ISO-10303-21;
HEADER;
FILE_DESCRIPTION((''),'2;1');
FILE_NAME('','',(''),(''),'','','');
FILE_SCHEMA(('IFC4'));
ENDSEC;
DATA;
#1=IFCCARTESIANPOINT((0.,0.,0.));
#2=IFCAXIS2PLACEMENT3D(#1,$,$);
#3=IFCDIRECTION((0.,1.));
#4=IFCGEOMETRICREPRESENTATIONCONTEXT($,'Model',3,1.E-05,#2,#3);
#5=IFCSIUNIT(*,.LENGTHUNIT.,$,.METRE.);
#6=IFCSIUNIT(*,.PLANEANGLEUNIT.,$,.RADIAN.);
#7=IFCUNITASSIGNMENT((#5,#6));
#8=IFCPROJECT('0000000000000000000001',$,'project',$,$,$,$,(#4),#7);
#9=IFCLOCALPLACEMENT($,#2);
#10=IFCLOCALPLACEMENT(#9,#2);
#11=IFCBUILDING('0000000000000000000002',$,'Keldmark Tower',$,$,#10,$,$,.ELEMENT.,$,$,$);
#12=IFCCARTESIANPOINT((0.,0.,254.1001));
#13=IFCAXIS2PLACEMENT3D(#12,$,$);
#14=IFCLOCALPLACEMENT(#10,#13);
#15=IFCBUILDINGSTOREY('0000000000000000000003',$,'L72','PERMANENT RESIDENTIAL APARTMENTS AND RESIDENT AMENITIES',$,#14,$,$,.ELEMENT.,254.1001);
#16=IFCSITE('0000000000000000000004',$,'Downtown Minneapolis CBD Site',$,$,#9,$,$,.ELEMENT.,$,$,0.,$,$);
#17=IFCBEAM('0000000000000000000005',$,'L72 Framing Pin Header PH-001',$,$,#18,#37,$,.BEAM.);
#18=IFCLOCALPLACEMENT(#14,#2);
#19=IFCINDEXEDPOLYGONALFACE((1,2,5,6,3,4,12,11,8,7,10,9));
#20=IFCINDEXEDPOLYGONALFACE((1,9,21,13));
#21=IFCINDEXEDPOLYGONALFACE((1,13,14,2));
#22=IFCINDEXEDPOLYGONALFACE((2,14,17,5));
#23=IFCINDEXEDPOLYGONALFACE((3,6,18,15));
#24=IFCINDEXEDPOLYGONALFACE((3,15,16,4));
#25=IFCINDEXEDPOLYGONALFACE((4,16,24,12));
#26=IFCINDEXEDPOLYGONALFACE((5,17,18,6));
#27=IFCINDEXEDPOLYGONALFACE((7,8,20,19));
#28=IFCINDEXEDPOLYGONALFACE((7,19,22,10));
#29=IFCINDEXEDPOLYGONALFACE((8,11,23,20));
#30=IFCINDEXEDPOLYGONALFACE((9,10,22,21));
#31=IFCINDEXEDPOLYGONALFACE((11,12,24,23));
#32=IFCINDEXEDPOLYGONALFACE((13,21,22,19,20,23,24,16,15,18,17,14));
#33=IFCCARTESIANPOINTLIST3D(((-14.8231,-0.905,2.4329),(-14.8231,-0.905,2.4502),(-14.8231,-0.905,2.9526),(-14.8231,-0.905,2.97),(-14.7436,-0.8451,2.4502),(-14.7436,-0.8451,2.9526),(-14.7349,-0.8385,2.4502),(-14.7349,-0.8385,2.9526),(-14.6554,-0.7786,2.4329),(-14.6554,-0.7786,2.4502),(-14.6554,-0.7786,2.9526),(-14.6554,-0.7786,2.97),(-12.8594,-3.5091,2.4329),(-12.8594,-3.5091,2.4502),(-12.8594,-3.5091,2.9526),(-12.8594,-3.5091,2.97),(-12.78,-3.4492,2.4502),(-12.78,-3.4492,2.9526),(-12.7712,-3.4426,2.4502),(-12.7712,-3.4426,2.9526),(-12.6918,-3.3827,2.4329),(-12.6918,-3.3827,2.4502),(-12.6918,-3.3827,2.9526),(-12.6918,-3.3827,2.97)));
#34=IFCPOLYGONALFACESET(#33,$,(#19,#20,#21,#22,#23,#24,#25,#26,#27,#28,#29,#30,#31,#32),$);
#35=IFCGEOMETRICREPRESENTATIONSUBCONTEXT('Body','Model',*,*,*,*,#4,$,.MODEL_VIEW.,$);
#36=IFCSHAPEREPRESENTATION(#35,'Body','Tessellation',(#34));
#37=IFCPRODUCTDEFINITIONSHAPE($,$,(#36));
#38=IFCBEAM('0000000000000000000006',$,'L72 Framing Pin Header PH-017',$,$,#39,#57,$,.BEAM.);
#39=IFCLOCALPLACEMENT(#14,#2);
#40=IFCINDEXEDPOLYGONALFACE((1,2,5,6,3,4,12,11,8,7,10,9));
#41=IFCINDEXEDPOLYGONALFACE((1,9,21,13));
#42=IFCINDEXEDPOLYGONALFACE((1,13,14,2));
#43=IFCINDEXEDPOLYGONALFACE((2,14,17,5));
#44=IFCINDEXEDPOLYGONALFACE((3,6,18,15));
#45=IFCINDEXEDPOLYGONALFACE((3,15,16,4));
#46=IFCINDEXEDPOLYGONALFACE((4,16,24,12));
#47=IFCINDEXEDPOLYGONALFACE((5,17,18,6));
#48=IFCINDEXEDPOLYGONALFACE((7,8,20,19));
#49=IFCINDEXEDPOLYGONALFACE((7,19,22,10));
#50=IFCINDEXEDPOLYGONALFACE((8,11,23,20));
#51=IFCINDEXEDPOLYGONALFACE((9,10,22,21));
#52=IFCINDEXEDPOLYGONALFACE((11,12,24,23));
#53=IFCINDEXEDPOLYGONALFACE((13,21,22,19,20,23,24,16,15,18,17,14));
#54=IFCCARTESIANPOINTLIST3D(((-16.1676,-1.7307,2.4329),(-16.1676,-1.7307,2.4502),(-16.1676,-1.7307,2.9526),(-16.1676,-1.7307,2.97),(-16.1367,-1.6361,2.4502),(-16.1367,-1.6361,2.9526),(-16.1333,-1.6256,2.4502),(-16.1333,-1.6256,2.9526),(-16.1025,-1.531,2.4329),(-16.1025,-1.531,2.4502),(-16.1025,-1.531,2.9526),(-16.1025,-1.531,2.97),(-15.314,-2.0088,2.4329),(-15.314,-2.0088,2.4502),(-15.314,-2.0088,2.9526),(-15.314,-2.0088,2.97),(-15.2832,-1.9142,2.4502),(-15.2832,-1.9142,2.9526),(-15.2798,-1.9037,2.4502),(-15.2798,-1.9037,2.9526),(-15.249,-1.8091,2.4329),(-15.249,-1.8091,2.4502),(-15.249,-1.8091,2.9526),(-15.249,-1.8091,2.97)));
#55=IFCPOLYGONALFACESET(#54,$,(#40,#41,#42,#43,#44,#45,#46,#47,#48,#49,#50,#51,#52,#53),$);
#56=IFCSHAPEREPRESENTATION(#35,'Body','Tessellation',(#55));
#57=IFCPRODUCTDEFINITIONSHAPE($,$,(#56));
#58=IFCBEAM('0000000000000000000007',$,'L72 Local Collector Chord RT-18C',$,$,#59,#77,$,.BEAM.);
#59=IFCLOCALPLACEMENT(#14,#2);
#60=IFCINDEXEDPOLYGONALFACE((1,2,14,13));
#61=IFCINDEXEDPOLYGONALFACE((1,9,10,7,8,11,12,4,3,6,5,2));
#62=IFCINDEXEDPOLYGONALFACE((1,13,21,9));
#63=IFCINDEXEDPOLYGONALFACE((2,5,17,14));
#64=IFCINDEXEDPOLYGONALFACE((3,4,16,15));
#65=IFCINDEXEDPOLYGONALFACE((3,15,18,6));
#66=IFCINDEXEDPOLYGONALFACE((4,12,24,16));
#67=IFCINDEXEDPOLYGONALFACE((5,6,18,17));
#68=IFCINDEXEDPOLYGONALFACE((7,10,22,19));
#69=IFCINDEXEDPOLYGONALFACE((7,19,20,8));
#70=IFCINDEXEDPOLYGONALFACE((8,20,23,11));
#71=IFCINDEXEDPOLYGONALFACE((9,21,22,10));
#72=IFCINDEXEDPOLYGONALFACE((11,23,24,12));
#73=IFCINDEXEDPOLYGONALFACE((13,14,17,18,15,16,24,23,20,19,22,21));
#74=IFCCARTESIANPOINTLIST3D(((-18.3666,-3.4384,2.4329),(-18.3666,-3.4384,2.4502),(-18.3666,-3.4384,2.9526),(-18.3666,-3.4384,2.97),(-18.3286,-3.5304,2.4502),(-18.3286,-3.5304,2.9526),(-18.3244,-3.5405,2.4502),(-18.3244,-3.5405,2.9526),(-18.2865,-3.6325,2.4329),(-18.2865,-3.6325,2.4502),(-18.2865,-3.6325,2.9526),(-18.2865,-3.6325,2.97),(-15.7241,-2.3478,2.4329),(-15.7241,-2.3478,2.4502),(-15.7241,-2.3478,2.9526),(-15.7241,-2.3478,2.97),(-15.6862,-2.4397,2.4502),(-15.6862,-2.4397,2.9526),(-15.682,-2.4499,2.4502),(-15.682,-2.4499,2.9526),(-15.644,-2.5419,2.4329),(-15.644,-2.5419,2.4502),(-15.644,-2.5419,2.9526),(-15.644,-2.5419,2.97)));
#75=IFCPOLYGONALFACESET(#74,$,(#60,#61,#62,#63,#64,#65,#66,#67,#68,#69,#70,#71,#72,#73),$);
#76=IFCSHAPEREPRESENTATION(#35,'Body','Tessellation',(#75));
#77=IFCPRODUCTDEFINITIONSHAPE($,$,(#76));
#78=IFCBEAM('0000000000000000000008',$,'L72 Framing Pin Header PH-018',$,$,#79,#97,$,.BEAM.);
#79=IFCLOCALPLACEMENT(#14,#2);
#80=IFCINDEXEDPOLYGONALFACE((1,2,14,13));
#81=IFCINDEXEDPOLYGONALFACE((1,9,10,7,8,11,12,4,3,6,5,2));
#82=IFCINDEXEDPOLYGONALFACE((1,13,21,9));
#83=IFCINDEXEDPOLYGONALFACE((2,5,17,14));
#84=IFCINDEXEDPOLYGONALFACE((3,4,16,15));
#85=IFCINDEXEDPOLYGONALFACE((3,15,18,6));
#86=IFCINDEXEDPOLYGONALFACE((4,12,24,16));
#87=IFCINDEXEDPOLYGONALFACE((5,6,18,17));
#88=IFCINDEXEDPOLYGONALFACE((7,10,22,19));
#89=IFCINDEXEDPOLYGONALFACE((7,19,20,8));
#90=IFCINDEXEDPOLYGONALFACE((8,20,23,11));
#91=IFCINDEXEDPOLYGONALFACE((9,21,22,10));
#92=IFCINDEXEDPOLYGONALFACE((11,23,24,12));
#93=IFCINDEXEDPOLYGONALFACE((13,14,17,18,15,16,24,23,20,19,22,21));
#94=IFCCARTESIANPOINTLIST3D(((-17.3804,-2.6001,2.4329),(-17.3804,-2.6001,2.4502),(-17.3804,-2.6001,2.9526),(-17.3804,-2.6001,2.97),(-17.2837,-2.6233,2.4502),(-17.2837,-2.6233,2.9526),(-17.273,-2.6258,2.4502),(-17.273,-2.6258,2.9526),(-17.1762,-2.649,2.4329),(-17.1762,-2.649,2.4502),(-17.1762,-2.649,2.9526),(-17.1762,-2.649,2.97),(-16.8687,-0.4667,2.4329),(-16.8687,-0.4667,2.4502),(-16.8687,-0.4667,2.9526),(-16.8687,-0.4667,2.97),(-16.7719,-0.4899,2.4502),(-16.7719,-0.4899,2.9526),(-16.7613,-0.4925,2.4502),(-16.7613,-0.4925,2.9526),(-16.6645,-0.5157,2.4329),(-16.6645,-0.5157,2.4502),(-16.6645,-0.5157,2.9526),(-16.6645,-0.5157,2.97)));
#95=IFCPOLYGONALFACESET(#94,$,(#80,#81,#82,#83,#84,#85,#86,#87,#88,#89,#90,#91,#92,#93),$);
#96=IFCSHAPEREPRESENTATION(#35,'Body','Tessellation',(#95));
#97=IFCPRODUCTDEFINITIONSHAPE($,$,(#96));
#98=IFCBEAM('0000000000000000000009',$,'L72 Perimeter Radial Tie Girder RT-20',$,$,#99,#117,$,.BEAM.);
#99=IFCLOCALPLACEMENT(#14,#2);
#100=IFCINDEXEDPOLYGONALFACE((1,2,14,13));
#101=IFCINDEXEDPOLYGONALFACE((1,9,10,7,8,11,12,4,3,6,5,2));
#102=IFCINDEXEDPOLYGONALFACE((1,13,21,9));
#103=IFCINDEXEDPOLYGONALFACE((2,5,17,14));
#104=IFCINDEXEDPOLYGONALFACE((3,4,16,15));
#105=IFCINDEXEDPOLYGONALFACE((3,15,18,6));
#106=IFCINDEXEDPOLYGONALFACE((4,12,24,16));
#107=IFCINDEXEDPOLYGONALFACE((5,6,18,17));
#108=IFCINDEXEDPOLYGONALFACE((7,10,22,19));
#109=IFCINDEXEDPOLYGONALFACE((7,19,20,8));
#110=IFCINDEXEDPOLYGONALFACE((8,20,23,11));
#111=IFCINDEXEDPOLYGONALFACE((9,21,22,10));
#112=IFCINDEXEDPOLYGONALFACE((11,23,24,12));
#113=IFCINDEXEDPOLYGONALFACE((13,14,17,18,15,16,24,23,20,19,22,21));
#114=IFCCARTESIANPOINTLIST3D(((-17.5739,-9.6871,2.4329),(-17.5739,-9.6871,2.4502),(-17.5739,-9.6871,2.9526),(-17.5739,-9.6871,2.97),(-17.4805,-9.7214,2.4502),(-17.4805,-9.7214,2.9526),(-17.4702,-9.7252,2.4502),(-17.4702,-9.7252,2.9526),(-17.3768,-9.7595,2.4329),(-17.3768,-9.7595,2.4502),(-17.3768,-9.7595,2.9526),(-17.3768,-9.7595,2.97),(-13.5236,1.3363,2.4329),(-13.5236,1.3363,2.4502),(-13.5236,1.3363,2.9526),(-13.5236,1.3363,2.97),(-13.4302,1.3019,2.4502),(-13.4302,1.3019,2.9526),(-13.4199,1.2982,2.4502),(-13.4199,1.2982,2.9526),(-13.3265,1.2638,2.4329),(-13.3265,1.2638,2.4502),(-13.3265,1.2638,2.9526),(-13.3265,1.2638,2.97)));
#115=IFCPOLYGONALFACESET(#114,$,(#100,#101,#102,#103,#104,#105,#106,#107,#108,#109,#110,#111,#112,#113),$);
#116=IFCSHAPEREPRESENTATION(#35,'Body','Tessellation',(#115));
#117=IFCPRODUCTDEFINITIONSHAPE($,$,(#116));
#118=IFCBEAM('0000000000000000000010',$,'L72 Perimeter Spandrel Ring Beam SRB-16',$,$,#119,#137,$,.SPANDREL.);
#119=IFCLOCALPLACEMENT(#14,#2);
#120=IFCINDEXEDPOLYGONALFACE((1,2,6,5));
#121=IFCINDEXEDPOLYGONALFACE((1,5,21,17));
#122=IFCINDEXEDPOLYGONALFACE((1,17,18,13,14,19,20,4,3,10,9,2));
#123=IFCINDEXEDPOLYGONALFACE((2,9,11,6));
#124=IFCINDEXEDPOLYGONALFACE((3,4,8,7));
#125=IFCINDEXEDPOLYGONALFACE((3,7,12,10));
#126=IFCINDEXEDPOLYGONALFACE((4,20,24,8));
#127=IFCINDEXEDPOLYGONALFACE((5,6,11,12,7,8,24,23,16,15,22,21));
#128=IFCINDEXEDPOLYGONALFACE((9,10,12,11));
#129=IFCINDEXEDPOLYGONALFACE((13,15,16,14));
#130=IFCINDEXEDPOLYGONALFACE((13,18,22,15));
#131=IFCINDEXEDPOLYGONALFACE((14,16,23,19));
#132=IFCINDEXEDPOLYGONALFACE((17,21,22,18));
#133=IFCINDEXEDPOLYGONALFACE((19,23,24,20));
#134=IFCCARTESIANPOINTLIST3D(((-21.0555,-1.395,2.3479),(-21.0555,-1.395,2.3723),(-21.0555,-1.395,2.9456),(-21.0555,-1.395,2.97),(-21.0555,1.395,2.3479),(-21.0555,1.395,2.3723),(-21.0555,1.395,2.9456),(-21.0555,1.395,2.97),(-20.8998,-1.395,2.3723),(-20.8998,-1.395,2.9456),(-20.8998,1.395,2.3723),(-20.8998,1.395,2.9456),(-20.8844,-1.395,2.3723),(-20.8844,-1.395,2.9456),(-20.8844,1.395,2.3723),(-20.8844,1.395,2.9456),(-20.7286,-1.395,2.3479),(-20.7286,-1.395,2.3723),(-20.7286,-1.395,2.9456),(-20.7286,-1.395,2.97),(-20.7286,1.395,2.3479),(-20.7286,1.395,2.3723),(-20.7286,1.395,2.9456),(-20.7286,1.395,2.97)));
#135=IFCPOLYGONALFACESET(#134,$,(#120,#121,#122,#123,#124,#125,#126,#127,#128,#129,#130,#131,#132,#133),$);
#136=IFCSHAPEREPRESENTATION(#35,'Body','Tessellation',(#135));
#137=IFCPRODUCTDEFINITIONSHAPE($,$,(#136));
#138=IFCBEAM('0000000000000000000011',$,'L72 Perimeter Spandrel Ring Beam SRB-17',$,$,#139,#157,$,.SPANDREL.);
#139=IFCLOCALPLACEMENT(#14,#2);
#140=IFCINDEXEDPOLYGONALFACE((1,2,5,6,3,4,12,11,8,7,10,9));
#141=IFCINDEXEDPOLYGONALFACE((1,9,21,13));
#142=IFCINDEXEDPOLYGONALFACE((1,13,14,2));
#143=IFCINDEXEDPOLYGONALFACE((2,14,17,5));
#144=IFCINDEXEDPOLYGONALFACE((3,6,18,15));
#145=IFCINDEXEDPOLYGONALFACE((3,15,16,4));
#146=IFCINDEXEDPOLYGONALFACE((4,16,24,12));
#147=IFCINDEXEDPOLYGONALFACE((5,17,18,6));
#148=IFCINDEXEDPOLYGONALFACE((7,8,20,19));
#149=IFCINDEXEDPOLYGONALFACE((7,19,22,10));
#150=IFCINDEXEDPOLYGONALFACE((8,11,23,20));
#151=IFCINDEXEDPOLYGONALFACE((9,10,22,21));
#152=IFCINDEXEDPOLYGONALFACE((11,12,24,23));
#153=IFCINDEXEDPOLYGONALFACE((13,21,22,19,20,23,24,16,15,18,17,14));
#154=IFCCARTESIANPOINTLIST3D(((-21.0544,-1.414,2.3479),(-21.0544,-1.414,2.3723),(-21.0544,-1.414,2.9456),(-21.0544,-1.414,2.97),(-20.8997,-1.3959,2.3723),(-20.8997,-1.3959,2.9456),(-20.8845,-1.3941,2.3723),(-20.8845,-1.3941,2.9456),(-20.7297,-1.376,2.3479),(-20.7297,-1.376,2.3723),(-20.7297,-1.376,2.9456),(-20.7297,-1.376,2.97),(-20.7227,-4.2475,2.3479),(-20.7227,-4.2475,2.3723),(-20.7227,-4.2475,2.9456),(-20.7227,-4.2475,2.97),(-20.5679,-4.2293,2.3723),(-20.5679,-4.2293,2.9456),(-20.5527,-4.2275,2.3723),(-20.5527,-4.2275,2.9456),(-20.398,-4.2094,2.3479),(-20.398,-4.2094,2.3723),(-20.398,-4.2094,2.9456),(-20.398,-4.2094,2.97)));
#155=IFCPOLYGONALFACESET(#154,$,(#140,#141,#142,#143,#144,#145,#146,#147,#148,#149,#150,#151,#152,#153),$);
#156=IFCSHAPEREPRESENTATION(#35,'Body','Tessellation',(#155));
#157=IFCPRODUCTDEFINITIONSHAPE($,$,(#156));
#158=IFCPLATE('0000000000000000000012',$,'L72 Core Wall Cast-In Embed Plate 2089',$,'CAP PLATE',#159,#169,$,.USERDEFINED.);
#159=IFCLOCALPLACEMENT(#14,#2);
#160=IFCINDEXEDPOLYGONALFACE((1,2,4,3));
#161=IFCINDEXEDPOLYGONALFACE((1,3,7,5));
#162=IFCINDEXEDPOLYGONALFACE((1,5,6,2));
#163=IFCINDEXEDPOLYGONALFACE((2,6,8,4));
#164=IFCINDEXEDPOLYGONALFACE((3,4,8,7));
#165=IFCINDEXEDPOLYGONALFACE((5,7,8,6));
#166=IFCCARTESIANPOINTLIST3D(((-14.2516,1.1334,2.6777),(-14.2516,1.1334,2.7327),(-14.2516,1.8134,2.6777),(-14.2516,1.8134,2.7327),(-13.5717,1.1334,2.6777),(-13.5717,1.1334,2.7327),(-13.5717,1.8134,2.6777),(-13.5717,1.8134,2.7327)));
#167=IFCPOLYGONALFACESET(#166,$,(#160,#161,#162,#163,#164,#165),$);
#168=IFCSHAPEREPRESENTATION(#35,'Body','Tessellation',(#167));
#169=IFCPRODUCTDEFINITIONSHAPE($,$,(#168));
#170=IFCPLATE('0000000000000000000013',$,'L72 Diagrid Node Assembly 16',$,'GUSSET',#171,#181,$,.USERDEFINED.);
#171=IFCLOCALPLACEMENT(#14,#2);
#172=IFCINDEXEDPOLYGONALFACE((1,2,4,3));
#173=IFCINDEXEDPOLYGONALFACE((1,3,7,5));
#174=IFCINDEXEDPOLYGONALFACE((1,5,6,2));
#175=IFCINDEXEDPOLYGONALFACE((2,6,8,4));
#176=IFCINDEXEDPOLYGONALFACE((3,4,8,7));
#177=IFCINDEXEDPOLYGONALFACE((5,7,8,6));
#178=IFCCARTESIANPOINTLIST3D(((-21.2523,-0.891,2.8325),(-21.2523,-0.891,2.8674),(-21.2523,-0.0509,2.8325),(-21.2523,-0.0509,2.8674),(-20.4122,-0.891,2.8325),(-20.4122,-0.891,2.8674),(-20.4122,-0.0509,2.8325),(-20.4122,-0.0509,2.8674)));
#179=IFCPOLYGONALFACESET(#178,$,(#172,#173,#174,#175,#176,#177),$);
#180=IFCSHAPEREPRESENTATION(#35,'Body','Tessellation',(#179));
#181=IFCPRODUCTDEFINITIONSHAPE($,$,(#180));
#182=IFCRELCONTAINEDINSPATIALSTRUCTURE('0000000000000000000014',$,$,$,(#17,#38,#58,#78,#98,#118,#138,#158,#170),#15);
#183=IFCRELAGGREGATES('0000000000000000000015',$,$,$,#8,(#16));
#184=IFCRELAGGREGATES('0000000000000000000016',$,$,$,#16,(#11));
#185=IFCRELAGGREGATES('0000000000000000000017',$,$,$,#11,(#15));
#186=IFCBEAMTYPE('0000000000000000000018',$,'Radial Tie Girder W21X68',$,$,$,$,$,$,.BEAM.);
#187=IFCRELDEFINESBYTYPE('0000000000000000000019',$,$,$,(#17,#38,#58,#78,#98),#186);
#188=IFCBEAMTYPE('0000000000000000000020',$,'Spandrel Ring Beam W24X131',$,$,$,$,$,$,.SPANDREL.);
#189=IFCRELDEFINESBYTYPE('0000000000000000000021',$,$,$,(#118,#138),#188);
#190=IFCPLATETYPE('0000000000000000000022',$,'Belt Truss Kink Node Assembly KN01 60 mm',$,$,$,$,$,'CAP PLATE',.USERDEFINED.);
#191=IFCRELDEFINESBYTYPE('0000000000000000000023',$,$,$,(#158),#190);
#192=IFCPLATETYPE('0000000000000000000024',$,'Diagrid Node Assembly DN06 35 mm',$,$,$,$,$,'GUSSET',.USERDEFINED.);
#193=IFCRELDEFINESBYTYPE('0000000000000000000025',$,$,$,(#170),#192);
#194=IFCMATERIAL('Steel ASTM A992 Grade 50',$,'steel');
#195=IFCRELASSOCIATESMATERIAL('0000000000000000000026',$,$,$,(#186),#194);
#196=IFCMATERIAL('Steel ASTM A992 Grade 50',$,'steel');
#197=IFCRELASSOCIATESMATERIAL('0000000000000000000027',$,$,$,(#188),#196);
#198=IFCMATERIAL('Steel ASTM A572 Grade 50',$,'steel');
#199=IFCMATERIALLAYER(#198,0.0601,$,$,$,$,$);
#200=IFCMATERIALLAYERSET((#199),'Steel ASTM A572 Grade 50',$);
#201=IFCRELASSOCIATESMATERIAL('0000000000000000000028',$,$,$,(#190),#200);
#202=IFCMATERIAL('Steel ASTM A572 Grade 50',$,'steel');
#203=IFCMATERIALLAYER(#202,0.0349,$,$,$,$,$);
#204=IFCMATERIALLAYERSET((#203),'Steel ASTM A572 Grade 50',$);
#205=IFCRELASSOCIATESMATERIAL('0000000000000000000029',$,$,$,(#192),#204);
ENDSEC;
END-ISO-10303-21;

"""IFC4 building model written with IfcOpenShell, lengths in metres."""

from ifc_helpers import new_model, si_unit, direction, frame, origin, origin_2d, place, context, subcontext, project, spatial, rectangle, i_section, extrude, material, layer, layer_set, material_profile, profile_set, type_object, element, save


model = new_model("IFC4")

# Units and contexts
model_context = context("Model", 3, precision=1e-05, world=origin(), true_north=direction((0.0, 1.0)))
body_context = subcontext(model_context, "Body", "Model", "MODEL_VIEW")
ifc_project = project(units=[si_unit("LENGTHUNIT", "METRE"), si_unit("PLANEANGLEUNIT", "RADIAN")], contexts=[model_context])

# Site, building, storey
site_placement = place(None, origin())
site = spatial("IfcSite", under=ifc_project, at=site_placement, Name="Downtown Minneapolis CBD Site", CompositionType="ELEMENT", RefElevation=0.0)
building_placement = place(site_placement, origin())
building = spatial("IfcBuilding", under=site, at=building_placement, Name="Keldmark Tower", CompositionType="ELEMENT")
storey_placement = place(building_placement, frame((0.0, 0.0, 254.1001)))
storey = spatial("IfcBuildingStorey", under=building, at=storey_placement, Name="L72", Description="PERMANENT RESIDENTIAL APARTMENTS AND RESIDENT AMENITIES", CompositionType="ELEMENT", Elevation=254.1001)

# Beams
ifc_material_1 = material(Name="Steel ASTM A992 Grade 50", Category="steel")
ifc_material_profile_1 = material_profile(ifc_material_1, i_section(OverallWidth=0.21, OverallDepth=0.5371, WebThickness=0.011, FlangeThickness=0.0173, at=origin_2d()), Name="W21X68")
ifc_profile_set_1 = profile_set([ifc_material_profile_1], Name="Steel ASTM A992 Grade 50")
beam_type_1 = type_object("IfcBeamType", Name="Radial Tie Girder W21X68", PredefinedType="BEAM", material=ifc_profile_set_1)
beam_1_placement = place(storey_placement, frame((-14.7393, -0.8418, 2.7014), z_axis=(0.602082, -0.798434, 0.0), x_axis=(0.798434, 0.602082, 0.0)))
element("IfcBeam", 1, at=beam_1_placement, inside=storey, type_object=beam_type_1, Name="L72 Framing Pin Header PH-001", PredefinedType="BEAM", context=body_context, shape_type="SweptSolid", body=[
    extrude(i_section(OverallWidth=0.21, OverallDepth=0.5371, WebThickness=0.011, FlangeThickness=0.0173, at=origin_2d()), origin(), (0.0, 0.0, 1.0), 3.2615),
])
beam_2_placement = place(storey_placement, frame((-15.2815, -1.9089, 2.7014), z_axis=(-0.95081, 0.309775, 0.0), x_axis=(-0.309775, -0.95081, 0.0)))
element("IfcBeam", 2, at=beam_2_placement, inside=storey, type_object=beam_type_1, Name="L72 Framing Pin Header PH-017", PredefinedType="BEAM", context=body_context, shape_type="SweptSolid", body=[
    extrude(i_section(OverallWidth=0.21, OverallDepth=0.5371, WebThickness=0.011, FlangeThickness=0.0173, at=origin_2d()), origin(), (0.0, 0.0, 1.0), 0.8977),
])
beam_3_placement = place(storey_placement, frame((-15.6841, -2.4448, 2.7014), z_axis=(-0.924363, -0.381514, 0.0), x_axis=(0.381514, -0.924363, 0.0)))
element("IfcBeam", 3, at=beam_3_placement, inside=storey, type_object=beam_type_1, Name="L72 Local Collector Chord RT-18C", PredefinedType="BEAM", context=body_context, shape_type="SweptSolid", body=[
    extrude(i_section(OverallWidth=0.21, OverallDepth=0.5371, WebThickness=0.011, FlangeThickness=0.0173, at=origin_2d()), origin(), (0.0, 0.0, 1.0), 2.8586),
])
beam_4_placement = place(storey_placement, frame((-16.7666, -0.4912, 2.7014), z_axis=(-0.233255, -0.972416, 0.0), x_axis=(0.972416, -0.233255, 0.0)))
element("IfcBeam", 4, at=beam_4_placement, inside=storey, type_object=beam_type_1, Name="L72 Framing Pin Header PH-018", PredefinedType="BEAM", context=body_context, shape_type="SweptSolid", body=[
    extrude(i_section(OverallWidth=0.21, OverallDepth=0.5371, WebThickness=0.011, FlangeThickness=0.0173, at=origin_2d()), origin(), (0.0, 0.0, 1.0), 2.1938),
])
beam_5_placement = place(storey_placement, frame((-13.425, 1.3, 2.7014), z_axis=(-0.344883, -0.938646, 0.0), x_axis=(0.938646, -0.344883, 0.0)))
element("IfcBeam", 5, at=beam_5_placement, inside=storey, type_object=beam_type_1, Name="L72 Perimeter Radial Tie Girder RT-20", PredefinedType="BEAM", context=body_context, shape_type="SweptSolid", body=[
    extrude(i_section(OverallWidth=0.21, OverallDepth=0.5371, WebThickness=0.011, FlangeThickness=0.0173, at=origin_2d()), origin(), (0.0, 0.0, 1.0), 11.7439),
])
ifc_material_2 = material(Name="Steel ASTM A992 Grade 50", Category="steel")
ifc_material_profile_2 = material_profile(ifc_material_2, i_section(OverallWidth=0.3269, OverallDepth=0.6221, WebThickness=0.0154, FlangeThickness=0.0244, at=origin_2d()), Name="W24X131")
ifc_profile_set_2 = profile_set([ifc_material_profile_2], Name="Steel ASTM A992 Grade 50")
beam_type_2 = type_object("IfcBeamType", Name="Spandrel Ring Beam W24X131", PredefinedType="SPANDREL", material=ifc_profile_set_2)
beam_6_placement = place(storey_placement, frame((-20.8921, 1.395, 2.6589), z_axis=(0.0, -1.0, 0.0), x_axis=(1.0, 0.0, 0.0)))
element("IfcBeam", 6, at=beam_6_placement, inside=storey, type_object=beam_type_2, Name="L72 Perimeter Spandrel Ring Beam SRB-16", PredefinedType="SPANDREL", context=body_context, shape_type="SweptSolid", body=[
    extrude(i_section(OverallWidth=0.3269, OverallDepth=0.6221, WebThickness=0.0154, FlangeThickness=0.0244, at=origin_2d()), origin(), (0.0, 0.0, 1.0), 2.79),
])
beam_7_placement = place(storey_placement, frame((-20.8921, -1.395, 2.6589), z_axis=(0.1163, -0.993214, 0.0), x_axis=(0.993214, 0.1163, 0.0)))
element("IfcBeam", 7, at=beam_7_placement, inside=storey, type_object=beam_type_2, Name="L72 Perimeter Spandrel Ring Beam SRB-17", PredefinedType="SPANDREL", context=body_context, shape_type="SweptSolid", body=[
    extrude(i_section(OverallWidth=0.3269, OverallDepth=0.6221, WebThickness=0.0154, FlangeThickness=0.0244, at=origin_2d()), origin(), (0.0, 0.0, 1.0), 2.8528),
])

# Plates
ifc_material_3 = material(Name="Steel ASTM A572 Grade 50", Category="steel")
ifc_layer_1 = layer(ifc_material_3, 0.0601)
ifc_layer_set_1 = layer_set([ifc_layer_1], Name="Steel ASTM A572 Grade 50")
plate_type_1 = type_object("IfcPlateType", Name="Belt Truss Kink Node Assembly KN01 60 mm", ElementType="CAP PLATE", PredefinedType="USERDEFINED", material=ifc_layer_set_1)
plate_placement = place(storey_placement, frame((-13.9116, 1.4734, 2.6777), z_axis=(0.0, 0.0, 1.0), x_axis=(1.0, 0.0, 0.0)))
element("IfcPlate", 8, at=plate_placement, inside=storey, type_object=plate_type_1, Name="L72 Core Wall Cast-In Embed Plate 2089", ObjectType="CAP PLATE", PredefinedType="USERDEFINED", context=body_context, shape_type="SweptSolid", body=[
    extrude(rectangle(XDim=0.6799, YDim=0.6799, at=origin_2d()), origin(), (0.0, 0.0, 1.0), 0.0549),
])
ifc_material_4 = material(Name="Steel ASTM A572 Grade 50", Category="steel")
ifc_layer_2 = layer(ifc_material_4, 0.0349)
ifc_layer_set_2 = layer_set([ifc_layer_2], Name="Steel ASTM A572 Grade 50")
plate_type_2 = type_object("IfcPlateType", Name="Diagrid Node Assembly DN06 35 mm", ElementType="GUSSET", PredefinedType="USERDEFINED", material=ifc_layer_set_2)
for number, where, z_axis, x_axis, name in (
    (9, (-20.8323, -0.4709, 2.8325), (0.0, 0.0, 1.0), (0.0, -1.0, 0.0), "L72 Diagrid Node Assembly 16"),
):
    element("IfcPlate", number, at=place(storey_placement, frame(where, z_axis=z_axis, x_axis=x_axis)), inside=storey, type_object=plate_type_2, Name=name, ObjectType="GUSSET", PredefinedType="USERDEFINED", context=body_context, shape_type="SweptSolid", body=[
        extrude(rectangle(XDim=0.8401, YDim=0.8401, at=origin_2d()), origin(), (0.0, 0.0, 1.0), 0.0349),
    ])

save(model, "model.ifc")
